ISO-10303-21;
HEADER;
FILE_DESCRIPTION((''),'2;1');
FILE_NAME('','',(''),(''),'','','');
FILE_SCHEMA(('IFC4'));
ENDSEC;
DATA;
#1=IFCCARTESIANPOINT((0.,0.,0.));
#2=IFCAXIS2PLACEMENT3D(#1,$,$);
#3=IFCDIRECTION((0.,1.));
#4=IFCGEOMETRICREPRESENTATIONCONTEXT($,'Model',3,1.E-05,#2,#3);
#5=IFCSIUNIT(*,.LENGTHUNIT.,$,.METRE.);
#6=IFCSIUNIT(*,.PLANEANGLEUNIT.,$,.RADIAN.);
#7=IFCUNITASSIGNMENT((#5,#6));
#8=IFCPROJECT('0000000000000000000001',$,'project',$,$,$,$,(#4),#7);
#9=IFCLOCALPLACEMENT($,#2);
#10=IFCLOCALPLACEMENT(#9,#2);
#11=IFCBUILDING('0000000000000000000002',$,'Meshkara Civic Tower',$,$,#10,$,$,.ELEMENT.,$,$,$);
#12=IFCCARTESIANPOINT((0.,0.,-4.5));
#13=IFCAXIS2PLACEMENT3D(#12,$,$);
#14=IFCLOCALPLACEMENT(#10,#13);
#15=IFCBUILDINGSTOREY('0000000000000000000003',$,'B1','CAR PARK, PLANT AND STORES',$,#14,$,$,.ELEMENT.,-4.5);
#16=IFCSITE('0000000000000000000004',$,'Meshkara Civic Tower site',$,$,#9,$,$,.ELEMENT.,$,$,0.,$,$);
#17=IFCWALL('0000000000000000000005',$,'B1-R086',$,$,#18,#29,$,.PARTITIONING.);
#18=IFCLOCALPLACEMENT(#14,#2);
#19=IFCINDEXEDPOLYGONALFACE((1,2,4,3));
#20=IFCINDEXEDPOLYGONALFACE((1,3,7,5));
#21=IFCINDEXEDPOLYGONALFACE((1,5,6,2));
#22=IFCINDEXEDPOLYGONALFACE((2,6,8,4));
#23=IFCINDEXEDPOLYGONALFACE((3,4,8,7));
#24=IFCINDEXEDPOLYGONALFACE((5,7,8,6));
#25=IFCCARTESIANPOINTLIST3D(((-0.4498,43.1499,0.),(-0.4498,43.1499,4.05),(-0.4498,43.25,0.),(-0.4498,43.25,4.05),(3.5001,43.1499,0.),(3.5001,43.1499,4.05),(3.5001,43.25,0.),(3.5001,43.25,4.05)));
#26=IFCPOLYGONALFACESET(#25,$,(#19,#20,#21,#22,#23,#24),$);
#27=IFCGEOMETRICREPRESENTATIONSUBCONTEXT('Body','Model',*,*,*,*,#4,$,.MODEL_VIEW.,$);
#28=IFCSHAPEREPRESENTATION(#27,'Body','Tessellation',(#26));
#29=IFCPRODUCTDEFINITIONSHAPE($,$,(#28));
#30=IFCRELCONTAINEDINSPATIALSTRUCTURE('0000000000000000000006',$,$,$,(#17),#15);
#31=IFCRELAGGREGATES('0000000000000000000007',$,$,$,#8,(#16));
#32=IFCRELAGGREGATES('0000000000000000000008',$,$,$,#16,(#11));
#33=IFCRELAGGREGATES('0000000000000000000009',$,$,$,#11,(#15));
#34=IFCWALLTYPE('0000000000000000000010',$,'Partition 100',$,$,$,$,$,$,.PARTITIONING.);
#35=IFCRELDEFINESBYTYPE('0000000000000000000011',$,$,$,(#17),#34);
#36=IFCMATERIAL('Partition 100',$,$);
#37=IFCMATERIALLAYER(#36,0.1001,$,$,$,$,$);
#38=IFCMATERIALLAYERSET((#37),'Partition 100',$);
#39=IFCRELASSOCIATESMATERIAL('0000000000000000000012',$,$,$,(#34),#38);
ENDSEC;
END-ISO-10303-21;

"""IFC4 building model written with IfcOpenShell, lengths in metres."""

from ifc_helpers import new_model, si_unit, direction, frame, frame_2d, origin, place, context, subcontext, project, spatial, rectangle, extrude, material, layer, layer_set, type_object, element, save


model = new_model("IFC4")

# Units and contexts
model_context = context("Model", 3, precision=1e-05, world=origin(), true_north=direction((0.0, 1.0)))
body_context = subcontext(model_context, "Body", "Model", "MODEL_VIEW")
ifc_project = project(units=[si_unit("LENGTHUNIT", "METRE"), si_unit("PLANEANGLEUNIT", "RADIAN")], contexts=[model_context])

# Site, building, storey
site_placement = place(None, origin())
site = spatial("IfcSite", under=ifc_project, at=site_placement, Name="Meshkara Civic Tower site", CompositionType="ELEMENT", RefElevation=0.0)
building_placement = place(site_placement, origin())
building = spatial("IfcBuilding", under=site, at=building_placement, Name="Meshkara Civic Tower", CompositionType="ELEMENT")
storey_placement = place(building_placement, frame((0.0, 0.0, -4.5)))
storey = spatial("IfcBuildingStorey", under=building, at=storey_placement, Name="B1", Description="CAR PARK, PLANT AND STORES", CompositionType="ELEMENT", Elevation=-4.5)

# Wall
ifc_material_1 = material(Name="Partition 100")
ifc_layer_1 = layer(ifc_material_1, 0.1001)
ifc_layer_set_1 = layer_set([ifc_layer_1], Name="Partition 100")
wall_type_1 = type_object("IfcWallType", Name="Partition 100", PredefinedType="PARTITIONING", material=ifc_layer_set_1)
wall_1_placement = place(storey_placement, frame((-0.45, 43.2, 0.0), z_axis=(0.0, 0.0, 1.0), x_axis=(1.0, 0.0, 0.0)))
element("IfcWall", 1, at=wall_1_placement, inside=storey, type_object=wall_type_1, Name="B1-R086", PredefinedType="PARTITIONING", context=body_context, shape_type="SweptSolid", body=[
    extrude(rectangle(XDim=3.95, YDim=0.1001, at=frame_2d((1.9751, 0.0))), origin(), (0.0, 0.0, 1.0), 4.05),
])

save(model, "model.ifc")
